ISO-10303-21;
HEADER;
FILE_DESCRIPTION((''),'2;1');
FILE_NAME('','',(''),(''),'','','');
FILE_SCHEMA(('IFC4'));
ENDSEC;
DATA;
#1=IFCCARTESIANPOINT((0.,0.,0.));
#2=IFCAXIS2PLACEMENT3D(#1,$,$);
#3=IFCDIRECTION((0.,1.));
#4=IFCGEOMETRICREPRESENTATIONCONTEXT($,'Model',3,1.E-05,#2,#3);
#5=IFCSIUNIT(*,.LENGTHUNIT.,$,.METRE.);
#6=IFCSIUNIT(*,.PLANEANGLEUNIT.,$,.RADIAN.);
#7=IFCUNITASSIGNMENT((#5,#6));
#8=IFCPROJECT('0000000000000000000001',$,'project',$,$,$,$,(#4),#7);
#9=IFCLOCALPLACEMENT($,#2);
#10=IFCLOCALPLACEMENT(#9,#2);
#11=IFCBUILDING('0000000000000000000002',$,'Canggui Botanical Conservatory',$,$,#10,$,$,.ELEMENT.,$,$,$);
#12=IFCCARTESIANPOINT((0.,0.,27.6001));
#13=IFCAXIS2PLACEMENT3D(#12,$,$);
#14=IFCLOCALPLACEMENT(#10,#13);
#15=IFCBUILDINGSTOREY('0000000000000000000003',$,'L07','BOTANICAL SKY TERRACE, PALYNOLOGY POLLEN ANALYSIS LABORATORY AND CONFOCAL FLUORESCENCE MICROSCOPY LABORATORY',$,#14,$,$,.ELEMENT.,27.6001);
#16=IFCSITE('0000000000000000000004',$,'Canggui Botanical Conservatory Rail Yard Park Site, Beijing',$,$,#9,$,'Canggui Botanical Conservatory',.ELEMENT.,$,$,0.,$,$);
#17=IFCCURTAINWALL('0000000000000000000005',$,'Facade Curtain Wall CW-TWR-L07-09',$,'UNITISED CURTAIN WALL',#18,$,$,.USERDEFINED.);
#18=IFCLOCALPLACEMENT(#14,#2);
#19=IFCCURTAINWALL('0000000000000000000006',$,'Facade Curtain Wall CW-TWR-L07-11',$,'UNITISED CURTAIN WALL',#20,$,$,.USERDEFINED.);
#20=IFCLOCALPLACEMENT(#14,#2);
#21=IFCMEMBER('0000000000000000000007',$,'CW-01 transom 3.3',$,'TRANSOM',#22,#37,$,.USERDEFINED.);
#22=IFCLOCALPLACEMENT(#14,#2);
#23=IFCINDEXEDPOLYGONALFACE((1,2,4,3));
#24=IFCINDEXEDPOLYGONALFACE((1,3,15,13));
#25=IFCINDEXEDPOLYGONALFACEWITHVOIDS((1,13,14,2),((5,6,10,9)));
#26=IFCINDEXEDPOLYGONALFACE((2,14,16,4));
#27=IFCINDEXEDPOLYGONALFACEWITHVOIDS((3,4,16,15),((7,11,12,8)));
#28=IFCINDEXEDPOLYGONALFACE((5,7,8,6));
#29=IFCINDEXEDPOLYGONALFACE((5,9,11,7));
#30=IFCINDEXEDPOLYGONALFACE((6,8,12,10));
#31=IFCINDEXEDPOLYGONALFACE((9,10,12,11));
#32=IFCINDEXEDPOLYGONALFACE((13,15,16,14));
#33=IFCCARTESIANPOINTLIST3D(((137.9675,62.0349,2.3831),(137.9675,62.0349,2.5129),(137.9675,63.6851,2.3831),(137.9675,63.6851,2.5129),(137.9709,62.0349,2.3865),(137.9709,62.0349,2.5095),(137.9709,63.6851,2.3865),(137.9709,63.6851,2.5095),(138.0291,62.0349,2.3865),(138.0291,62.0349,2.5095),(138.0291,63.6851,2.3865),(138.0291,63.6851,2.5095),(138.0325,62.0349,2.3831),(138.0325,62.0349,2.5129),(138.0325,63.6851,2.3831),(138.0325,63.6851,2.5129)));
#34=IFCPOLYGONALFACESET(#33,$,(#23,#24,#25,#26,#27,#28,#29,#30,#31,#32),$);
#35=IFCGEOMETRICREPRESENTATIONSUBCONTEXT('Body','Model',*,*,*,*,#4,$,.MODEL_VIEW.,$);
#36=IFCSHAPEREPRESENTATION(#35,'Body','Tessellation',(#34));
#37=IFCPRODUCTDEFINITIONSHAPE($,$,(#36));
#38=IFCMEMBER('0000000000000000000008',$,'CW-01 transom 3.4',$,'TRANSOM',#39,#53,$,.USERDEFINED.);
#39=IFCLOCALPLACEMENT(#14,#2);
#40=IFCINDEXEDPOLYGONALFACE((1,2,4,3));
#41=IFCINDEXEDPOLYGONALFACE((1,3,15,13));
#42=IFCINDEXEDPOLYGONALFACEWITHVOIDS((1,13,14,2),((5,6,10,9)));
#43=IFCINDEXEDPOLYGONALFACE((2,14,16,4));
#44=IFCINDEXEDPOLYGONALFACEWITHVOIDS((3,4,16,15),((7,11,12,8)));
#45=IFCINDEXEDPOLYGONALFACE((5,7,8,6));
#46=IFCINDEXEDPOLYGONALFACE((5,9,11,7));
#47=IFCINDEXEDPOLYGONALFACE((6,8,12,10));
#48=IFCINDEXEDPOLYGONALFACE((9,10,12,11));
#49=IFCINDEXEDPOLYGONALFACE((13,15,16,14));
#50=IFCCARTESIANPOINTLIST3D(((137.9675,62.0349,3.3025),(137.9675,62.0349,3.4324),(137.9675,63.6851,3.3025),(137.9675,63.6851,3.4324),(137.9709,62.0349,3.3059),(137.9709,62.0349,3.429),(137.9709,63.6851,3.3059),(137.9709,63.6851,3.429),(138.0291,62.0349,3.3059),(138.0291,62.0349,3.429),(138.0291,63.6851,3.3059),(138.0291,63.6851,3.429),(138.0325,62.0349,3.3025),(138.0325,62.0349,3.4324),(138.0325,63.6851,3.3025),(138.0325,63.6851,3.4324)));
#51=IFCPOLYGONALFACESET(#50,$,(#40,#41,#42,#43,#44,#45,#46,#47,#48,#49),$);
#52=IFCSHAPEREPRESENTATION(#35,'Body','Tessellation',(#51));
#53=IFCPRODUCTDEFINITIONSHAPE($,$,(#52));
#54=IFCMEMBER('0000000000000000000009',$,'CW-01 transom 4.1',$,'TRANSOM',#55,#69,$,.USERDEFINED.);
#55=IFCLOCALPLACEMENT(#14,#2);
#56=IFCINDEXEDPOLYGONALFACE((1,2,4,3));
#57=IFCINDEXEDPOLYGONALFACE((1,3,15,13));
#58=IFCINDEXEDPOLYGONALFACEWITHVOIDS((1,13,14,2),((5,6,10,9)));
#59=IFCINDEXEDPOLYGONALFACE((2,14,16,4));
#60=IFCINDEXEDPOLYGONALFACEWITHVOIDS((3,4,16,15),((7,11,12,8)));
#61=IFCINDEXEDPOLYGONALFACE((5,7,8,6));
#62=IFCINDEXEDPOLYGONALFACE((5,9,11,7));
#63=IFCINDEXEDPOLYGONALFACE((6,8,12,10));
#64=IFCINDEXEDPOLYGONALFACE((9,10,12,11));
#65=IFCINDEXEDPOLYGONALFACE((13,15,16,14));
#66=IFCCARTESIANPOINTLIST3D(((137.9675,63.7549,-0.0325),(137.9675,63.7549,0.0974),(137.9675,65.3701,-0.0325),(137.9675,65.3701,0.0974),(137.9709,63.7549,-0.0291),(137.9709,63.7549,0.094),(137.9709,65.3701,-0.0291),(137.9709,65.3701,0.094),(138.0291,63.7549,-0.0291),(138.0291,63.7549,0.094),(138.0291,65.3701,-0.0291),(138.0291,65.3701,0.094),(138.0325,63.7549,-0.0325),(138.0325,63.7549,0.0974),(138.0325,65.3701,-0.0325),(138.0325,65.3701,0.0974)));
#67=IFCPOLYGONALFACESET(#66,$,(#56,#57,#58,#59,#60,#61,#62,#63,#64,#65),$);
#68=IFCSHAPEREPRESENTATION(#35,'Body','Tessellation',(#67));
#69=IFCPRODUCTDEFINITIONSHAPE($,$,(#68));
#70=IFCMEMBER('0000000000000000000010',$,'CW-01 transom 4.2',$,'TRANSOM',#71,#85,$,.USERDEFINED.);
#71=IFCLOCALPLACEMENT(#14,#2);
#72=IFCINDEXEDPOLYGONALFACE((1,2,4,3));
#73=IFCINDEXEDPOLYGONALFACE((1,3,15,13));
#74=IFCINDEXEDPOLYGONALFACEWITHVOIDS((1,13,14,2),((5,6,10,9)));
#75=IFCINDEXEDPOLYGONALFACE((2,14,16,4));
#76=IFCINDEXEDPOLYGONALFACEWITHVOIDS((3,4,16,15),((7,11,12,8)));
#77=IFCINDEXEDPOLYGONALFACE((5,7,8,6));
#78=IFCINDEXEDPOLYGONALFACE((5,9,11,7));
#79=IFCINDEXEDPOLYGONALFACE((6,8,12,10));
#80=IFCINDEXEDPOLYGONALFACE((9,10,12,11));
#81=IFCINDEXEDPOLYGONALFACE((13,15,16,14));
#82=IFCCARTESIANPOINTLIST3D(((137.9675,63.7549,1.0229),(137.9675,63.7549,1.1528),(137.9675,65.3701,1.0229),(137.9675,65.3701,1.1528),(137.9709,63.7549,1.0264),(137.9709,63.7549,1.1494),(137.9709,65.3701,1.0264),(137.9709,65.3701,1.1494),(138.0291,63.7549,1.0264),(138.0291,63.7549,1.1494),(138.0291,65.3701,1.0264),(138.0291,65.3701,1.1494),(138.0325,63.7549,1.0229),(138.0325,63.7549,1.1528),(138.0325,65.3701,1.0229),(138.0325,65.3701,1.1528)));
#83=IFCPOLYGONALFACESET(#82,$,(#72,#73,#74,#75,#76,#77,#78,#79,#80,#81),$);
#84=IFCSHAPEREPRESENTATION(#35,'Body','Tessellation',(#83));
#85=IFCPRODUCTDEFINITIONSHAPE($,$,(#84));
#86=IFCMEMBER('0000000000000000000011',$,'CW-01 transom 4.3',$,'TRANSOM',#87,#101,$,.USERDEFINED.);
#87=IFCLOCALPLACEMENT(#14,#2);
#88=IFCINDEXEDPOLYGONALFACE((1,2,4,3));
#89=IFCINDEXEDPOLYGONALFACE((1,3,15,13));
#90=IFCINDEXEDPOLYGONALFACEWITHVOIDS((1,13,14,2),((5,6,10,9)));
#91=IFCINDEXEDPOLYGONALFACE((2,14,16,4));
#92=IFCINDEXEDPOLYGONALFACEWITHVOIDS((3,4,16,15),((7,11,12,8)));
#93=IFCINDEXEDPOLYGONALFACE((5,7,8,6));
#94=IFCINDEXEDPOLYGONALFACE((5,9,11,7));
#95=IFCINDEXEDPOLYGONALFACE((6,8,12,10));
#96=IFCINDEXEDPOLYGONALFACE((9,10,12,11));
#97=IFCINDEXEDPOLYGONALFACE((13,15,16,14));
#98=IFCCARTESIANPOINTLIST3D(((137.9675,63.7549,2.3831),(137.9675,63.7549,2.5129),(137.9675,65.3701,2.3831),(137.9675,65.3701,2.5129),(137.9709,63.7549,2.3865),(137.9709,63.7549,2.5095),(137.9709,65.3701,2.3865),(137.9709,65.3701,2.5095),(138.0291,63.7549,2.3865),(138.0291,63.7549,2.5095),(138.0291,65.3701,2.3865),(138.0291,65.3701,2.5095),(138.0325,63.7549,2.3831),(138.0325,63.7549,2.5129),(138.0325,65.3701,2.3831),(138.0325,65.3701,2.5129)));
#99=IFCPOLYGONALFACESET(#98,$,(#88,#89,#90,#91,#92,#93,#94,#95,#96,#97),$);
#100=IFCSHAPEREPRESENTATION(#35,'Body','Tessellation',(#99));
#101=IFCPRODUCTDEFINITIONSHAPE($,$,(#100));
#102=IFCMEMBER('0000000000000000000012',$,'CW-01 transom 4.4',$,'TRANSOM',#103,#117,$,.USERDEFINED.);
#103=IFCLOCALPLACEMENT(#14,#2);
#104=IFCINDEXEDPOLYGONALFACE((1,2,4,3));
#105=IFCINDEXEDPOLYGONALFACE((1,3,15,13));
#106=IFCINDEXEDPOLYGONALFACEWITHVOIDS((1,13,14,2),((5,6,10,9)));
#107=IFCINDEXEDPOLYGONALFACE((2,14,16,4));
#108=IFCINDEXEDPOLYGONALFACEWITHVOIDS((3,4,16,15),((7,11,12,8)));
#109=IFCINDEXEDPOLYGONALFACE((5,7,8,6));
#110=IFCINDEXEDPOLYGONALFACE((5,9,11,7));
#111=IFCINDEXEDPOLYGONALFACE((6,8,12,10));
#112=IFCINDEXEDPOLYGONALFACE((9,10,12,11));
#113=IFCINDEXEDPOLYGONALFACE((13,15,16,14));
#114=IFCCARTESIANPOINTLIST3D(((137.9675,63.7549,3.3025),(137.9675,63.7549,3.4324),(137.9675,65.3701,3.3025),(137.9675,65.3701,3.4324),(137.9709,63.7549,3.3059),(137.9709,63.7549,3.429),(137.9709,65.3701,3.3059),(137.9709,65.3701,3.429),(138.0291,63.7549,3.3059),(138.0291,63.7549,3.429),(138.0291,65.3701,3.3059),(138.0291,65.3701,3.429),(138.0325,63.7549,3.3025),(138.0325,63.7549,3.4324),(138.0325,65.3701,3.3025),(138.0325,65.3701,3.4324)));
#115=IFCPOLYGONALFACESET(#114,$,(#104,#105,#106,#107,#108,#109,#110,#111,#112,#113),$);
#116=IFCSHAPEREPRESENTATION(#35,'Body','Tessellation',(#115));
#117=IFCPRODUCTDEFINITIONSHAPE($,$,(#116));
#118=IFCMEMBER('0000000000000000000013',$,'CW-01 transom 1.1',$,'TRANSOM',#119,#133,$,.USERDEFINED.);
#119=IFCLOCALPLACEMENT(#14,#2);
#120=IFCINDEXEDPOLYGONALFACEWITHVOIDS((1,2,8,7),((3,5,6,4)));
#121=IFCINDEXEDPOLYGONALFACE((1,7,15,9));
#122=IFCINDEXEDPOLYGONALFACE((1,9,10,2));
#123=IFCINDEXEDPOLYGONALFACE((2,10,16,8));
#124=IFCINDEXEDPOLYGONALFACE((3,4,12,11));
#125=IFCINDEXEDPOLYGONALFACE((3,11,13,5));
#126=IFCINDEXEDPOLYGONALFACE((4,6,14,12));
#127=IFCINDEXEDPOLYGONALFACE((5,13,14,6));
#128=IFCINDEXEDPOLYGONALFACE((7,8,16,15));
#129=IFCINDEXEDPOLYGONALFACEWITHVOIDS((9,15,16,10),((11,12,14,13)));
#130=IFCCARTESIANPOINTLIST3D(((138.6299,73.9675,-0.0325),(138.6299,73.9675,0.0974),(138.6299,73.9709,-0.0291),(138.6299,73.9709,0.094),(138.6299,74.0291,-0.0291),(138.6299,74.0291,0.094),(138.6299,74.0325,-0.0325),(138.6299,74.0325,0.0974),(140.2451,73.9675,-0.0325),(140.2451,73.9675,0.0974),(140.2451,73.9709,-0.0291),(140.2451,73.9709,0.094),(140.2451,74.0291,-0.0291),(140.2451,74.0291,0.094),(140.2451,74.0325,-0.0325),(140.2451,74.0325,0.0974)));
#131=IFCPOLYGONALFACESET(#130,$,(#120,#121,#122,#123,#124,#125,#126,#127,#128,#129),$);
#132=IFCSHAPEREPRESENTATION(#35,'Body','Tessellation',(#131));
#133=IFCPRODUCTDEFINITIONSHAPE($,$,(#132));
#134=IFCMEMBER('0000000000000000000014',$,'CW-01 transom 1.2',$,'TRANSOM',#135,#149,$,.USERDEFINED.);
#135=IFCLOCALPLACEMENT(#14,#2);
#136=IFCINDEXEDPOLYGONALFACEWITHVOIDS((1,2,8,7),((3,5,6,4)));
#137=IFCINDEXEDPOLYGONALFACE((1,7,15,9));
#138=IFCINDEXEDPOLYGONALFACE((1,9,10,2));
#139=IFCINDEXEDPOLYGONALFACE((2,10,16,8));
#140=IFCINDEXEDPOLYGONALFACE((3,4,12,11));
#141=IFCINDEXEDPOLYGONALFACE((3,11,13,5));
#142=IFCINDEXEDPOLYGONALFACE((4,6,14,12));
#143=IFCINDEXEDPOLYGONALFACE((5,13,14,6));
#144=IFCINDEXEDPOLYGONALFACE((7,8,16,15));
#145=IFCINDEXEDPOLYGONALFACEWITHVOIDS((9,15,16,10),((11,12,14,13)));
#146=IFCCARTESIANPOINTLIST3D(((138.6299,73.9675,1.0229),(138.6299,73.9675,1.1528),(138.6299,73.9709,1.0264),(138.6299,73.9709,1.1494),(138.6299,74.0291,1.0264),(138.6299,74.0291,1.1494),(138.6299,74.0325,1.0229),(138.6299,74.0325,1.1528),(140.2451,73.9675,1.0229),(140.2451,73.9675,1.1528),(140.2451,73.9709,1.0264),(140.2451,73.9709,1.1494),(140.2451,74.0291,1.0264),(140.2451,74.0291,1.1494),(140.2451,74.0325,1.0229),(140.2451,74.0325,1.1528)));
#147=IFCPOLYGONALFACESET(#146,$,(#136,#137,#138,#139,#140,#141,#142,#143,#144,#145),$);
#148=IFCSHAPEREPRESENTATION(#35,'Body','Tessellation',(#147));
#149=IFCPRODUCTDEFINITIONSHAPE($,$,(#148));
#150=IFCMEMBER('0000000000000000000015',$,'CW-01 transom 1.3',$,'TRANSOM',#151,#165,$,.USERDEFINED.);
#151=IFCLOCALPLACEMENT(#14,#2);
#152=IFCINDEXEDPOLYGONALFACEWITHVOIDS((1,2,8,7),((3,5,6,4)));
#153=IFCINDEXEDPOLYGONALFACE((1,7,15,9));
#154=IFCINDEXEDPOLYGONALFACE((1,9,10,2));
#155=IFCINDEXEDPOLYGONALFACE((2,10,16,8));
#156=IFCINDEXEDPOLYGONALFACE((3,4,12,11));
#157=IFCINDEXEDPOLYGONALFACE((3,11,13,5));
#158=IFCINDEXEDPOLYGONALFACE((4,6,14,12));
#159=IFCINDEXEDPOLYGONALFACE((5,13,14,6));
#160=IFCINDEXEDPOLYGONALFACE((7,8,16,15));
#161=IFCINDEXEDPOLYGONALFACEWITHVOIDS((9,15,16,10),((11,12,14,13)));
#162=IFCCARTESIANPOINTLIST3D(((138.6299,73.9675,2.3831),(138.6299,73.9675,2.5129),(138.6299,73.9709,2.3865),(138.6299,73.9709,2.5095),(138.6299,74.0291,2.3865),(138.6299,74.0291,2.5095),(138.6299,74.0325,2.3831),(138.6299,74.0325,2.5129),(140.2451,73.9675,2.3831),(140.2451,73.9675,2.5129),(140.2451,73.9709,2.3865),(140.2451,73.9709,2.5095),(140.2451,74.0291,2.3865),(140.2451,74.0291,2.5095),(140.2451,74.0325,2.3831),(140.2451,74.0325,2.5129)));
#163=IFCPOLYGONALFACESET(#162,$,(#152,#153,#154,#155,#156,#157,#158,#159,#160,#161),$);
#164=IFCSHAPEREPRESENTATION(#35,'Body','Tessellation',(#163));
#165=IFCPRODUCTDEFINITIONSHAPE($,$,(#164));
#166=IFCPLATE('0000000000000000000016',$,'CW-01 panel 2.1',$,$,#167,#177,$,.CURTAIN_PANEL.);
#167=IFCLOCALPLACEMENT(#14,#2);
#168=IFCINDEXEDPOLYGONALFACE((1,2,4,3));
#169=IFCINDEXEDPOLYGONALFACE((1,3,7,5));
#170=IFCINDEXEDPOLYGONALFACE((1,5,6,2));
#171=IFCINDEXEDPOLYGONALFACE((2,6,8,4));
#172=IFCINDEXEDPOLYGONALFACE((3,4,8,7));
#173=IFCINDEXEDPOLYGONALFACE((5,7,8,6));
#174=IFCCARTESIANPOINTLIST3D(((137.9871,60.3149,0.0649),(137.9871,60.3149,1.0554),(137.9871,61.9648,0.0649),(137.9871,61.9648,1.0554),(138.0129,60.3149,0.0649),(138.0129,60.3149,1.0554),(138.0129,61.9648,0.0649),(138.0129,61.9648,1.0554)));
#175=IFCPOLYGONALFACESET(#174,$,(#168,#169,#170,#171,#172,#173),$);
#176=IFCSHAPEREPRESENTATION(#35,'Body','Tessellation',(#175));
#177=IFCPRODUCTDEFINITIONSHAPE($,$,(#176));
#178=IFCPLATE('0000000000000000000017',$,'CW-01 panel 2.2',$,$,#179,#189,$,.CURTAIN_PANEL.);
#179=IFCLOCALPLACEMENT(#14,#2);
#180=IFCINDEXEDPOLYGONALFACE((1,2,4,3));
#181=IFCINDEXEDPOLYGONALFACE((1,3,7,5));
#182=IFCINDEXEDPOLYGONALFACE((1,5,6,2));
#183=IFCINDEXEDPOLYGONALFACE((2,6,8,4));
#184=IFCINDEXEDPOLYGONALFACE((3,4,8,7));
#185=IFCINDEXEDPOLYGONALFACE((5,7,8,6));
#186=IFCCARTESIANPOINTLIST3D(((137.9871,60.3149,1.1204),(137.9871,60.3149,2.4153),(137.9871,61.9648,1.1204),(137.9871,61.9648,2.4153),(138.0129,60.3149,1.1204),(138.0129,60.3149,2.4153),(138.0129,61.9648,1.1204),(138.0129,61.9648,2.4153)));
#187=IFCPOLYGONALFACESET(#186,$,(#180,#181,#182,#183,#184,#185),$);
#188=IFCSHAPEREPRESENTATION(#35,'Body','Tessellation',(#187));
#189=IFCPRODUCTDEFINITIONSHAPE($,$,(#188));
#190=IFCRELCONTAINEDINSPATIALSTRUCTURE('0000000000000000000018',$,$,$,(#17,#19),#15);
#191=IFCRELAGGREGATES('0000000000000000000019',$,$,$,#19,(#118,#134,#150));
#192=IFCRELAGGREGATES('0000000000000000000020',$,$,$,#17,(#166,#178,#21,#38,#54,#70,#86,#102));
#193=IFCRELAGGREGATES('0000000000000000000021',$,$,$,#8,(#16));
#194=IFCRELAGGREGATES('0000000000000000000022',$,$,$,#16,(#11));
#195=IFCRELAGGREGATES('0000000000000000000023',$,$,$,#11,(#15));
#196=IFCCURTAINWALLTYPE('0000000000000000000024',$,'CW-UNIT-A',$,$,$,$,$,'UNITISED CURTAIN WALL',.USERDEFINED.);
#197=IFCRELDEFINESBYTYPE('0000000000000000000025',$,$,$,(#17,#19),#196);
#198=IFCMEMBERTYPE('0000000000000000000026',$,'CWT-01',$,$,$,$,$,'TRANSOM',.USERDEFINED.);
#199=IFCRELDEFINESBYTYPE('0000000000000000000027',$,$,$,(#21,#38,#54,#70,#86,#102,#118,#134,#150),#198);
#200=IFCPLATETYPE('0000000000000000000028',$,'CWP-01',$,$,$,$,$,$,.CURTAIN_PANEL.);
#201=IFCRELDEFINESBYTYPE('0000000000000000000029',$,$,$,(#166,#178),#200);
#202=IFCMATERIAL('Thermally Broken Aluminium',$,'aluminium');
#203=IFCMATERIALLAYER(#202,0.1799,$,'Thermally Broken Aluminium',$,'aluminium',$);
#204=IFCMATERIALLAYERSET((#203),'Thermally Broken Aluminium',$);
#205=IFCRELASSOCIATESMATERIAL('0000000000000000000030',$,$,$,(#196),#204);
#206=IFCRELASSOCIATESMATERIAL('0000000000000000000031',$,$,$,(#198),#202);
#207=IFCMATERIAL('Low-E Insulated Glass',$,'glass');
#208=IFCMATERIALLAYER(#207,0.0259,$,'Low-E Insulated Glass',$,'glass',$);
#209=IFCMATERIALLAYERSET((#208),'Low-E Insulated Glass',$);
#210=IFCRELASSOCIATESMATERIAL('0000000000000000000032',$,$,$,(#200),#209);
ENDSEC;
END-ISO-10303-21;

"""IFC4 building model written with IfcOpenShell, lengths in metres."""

from ifc_helpers import new_model, si_unit, direction, frame, origin, origin_2d, place, context, subcontext, project, spatial, rectangle, hollow_rectangle, extrude, material, layer, layer_set, material_profile, profile_set, type_object, element, aggregate, save


model = new_model("IFC4")

# Units and contexts
model_context = context("Model", 3, precision=1e-05, world=origin(), true_north=direction((0.0, 1.0)))
body_context = subcontext(model_context, "Body", "Model", "MODEL_VIEW")
ifc_project = project(units=[si_unit("LENGTHUNIT", "METRE"), si_unit("PLANEANGLEUNIT", "RADIAN")], contexts=[model_context])

# Site, building, storey
site_placement = place(None, origin())
site = spatial("IfcSite", under=ifc_project, at=site_placement, Name="Canggui Botanical Conservatory Rail Yard Park Site, Beijing", LongName="Canggui Botanical Conservatory", CompositionType="ELEMENT", RefElevation=0.0)
building_placement = place(site_placement, origin())
building = spatial("IfcBuilding", under=site, at=building_placement, Name="Canggui Botanical Conservatory", CompositionType="ELEMENT")
storey_placement = place(building_placement, frame((0.0, 0.0, 27.6001)))
storey = spatial("IfcBuildingStorey", under=building, at=storey_placement, Name="L07", Description="BOTANICAL SKY TERRACE, PALYNOLOGY POLLEN ANALYSIS LABORATORY AND CONFOCAL FLUORESCENCE MICROSCOPY LABORATORY", CompositionType="ELEMENT", Elevation=27.6001)

# Curtain wall
ifc_material_1 = material(Name="Thermally Broken Aluminium", Category="aluminium")
ifc_layer_1 = layer(ifc_material_1, 0.1799, Name="Thermally Broken Aluminium", Category="aluminium")
ifc_layer_set_1 = layer_set([ifc_layer_1], Name="Thermally Broken Aluminium")
curtain_wall_type = type_object("IfcCurtainWallType", Name="CW-UNIT-A", ElementType="UNITISED CURTAIN WALL", PredefinedType="USERDEFINED", material=ifc_layer_set_1)
curtain_wall_1_placement = place(storey_placement, origin())
curtain_wall_1 = element("IfcCurtainWall", 1, at=curtain_wall_1_placement, inside=storey, type_object=curtain_wall_type, Name="Facade Curtain Wall CW-TWR-L07-09", ObjectType="UNITISED CURTAIN WALL", PredefinedType="USERDEFINED")

# Curtain wall
curtain_wall_2_placement = place(storey_placement, origin())
curtain_wall_2 = element("IfcCurtainWall", 2, at=curtain_wall_2_placement, inside=storey, type_object=curtain_wall_type, Name="Facade Curtain Wall CW-TWR-L07-11", ObjectType="UNITISED CURTAIN WALL", PredefinedType="USERDEFINED")

# Members
ifc_material_profile_1 = material_profile(ifc_material_1, hollow_rectangle(XDim=0.0649, YDim=0.1299, WallThickness=0.0034, at=origin_2d()), Name="CWT 65x130x3.5")
ifc_profile_set_1 = profile_set([ifc_material_profile_1], Name="Thermally Broken Aluminium")
member_type_1 = type_object("IfcMemberType", Name="CWT-01", ElementType="TRANSOM", PredefinedType="USERDEFINED", material=ifc_profile_set_1)
member_1_placement = place(storey_placement, frame((138.0, 62.0349, 2.448), z_axis=(0.0, 1.0, 0.0), x_axis=(-1.0, 0.0, 0.0)))
member_1 = element("IfcMember", 3, at=member_1_placement, type_object=member_type_1, Name="CW-01 transom 3.3", ObjectType="TRANSOM", PredefinedType="USERDEFINED", context=body_context, shape_type="SweptSolid", body=[
    extrude(hollow_rectangle(XDim=0.0649, YDim=0.1299, WallThickness=0.0034, at=origin_2d()), origin(), (0.0, 0.0, 1.0), 1.6501),
])
member_2_placement = place(storey_placement, frame((138.0, 62.0349, 3.3674), z_axis=(0.0, 1.0, 0.0), x_axis=(-1.0, 0.0, 0.0)))
member_2 = element("IfcMember", 4, at=member_2_placement, type_object=member_type_1, Name="CW-01 transom 3.4", ObjectType="TRANSOM", PredefinedType="USERDEFINED", context=body_context, shape_type="SweptSolid", body=[
    extrude(hollow_rectangle(XDim=0.0649, YDim=0.1299, WallThickness=0.0034, at=origin_2d()), origin(), (0.0, 0.0, 1.0), 1.6501),
])
member_3_placement = place(storey_placement, frame((138.0, 63.7549, 0.0325), z_axis=(0.0, 1.0, 0.0), x_axis=(-1.0, 0.0, 0.0)))
member_3 = element("IfcMember", 5, at=member_3_placement, type_object=member_type_1, Name="CW-01 transom 4.1", ObjectType="TRANSOM", PredefinedType="USERDEFINED", context=body_context, shape_type="SweptSolid", body=[
    extrude(hollow_rectangle(XDim=0.0649, YDim=0.1299, WallThickness=0.0034, at=origin_2d()), origin(), (0.0, 0.0, 1.0), 1.6152),
])
member_4_placement = place(storey_placement, frame((138.0, 63.7549, 1.0879), z_axis=(0.0, 1.0, 0.0), x_axis=(-1.0, 0.0, 0.0)))
member_4 = element("IfcMember", 6, at=member_4_placement, type_object=member_type_1, Name="CW-01 transom 4.2", ObjectType="TRANSOM", PredefinedType="USERDEFINED", context=body_context, shape_type="SweptSolid", body=[
    extrude(hollow_rectangle(XDim=0.0649, YDim=0.1299, WallThickness=0.0034, at=origin_2d()), origin(), (0.0, 0.0, 1.0), 1.6152),
])
member_5_placement = place(storey_placement, frame((138.0, 63.7549, 2.448), z_axis=(0.0, 1.0, 0.0), x_axis=(-1.0, 0.0, 0.0)))
member_5 = element("IfcMember", 7, at=member_5_placement, type_object=member_type_1, Name="CW-01 transom 4.3", ObjectType="TRANSOM", PredefinedType="USERDEFINED", context=body_context, shape_type="SweptSolid", body=[
    extrude(hollow_rectangle(XDim=0.0649, YDim=0.1299, WallThickness=0.0034, at=origin_2d()), origin(), (0.0, 0.0, 1.0), 1.6152),
])
member_6_placement = place(storey_placement, frame((138.0, 63.7549, 3.3674), z_axis=(0.0, 1.0, 0.0), x_axis=(-1.0, 0.0, 0.0)))
member_6 = element("IfcMember", 8, at=member_6_placement, type_object=member_type_1, Name="CW-01 transom 4.4", ObjectType="TRANSOM", PredefinedType="USERDEFINED", context=body_context, shape_type="SweptSolid", body=[
    extrude(hollow_rectangle(XDim=0.0649, YDim=0.1299, WallThickness=0.0034, at=origin_2d()), origin(), (0.0, 0.0, 1.0), 1.6152),
])
member_7_placement = place(storey_placement, frame((138.6299, 74.0, 0.0325), z_axis=(1.0, 0.0, 0.0), x_axis=(0.0, 1.0, 0.0)))
member_7 = element("IfcMember", 9, at=member_7_placement, type_object=member_type_1, Name="CW-01 transom 1.1", ObjectType="TRANSOM", PredefinedType="USERDEFINED", context=body_context, shape_type="SweptSolid", body=[
    extrude(hollow_rectangle(XDim=0.0649, YDim=0.1299, WallThickness=0.0034, at=origin_2d()), origin(), (0.0, 0.0, 1.0), 1.6152),
])
member_8_placement = place(storey_placement, frame((138.6299, 74.0, 1.0879), z_axis=(1.0, 0.0, 0.0), x_axis=(0.0, 1.0, 0.0)))
member_8 = element("IfcMember", 10, at=member_8_placement, type_object=member_type_1, Name="CW-01 transom 1.2", ObjectType="TRANSOM", PredefinedType="USERDEFINED", context=body_context, shape_type="SweptSolid", body=[
    extrude(hollow_rectangle(XDim=0.0649, YDim=0.1299, WallThickness=0.0034, at=origin_2d()), origin(), (0.0, 0.0, 1.0), 1.6152),
])
member_9_placement = place(storey_placement, frame((138.6299, 74.0, 2.448), z_axis=(1.0, 0.0, 0.0), x_axis=(0.0, 1.0, 0.0)))
member_9 = element("IfcMember", 11, at=member_9_placement, type_object=member_type_1, Name="CW-01 transom 1.3", ObjectType="TRANSOM", PredefinedType="USERDEFINED", context=body_context, shape_type="SweptSolid", body=[
    extrude(hollow_rectangle(XDim=0.0649, YDim=0.1299, WallThickness=0.0034, at=origin_2d()), origin(), (0.0, 0.0, 1.0), 1.6152),
])
aggregate(curtain_wall_2, [member_7, member_8, member_9])

# Plates
ifc_material_2 = material(Name="Low-E Insulated Glass", Category="glass")
ifc_layer_2 = layer(ifc_material_2, 0.0259, Name="Low-E Insulated Glass", Category="glass")
ifc_layer_set_2 = layer_set([ifc_layer_2], Name="Low-E Insulated Glass")
plate_type = type_object("IfcPlateType", Name="CWP-01", PredefinedType="CURTAIN_PANEL", material=ifc_layer_set_2)
plate_1_placement = place(storey_placement, frame((138.0, 61.1399, 0.0649), z_axis=(0.0, 0.0, 1.0), x_axis=(0.0, 1.0, 0.0)))
plate_1 = element("IfcPlate", 12, at=plate_1_placement, type_object=plate_type, Name="CW-01 panel 2.1", PredefinedType="CURTAIN_PANEL", context=body_context, shape_type="SweptSolid", body=[
    extrude(rectangle(XDim=1.6499, YDim=0.0259, at=origin_2d()), origin(), (0.0, 0.0, 1.0), 0.9905),
])
plate_2_placement = place(storey_placement, frame((138.0, 61.1399, 1.1204), z_axis=(0.0, 0.0, 1.0), x_axis=(0.0, 1.0, 0.0)))
plate_2 = element("IfcPlate", 13, at=plate_2_placement, type_object=plate_type, Name="CW-01 panel 2.2", PredefinedType="CURTAIN_PANEL", context=body_context, shape_type="SweptSolid", body=[
    extrude(rectangle(XDim=1.6499, YDim=0.0259, at=origin_2d()), origin(), (0.0, 0.0, 1.0), 1.2949),
])
aggregate(curtain_wall_1, [plate_1, plate_2, member_1, member_2, member_3, member_4, member_5, member_6])

save(model, "model.ifc")
